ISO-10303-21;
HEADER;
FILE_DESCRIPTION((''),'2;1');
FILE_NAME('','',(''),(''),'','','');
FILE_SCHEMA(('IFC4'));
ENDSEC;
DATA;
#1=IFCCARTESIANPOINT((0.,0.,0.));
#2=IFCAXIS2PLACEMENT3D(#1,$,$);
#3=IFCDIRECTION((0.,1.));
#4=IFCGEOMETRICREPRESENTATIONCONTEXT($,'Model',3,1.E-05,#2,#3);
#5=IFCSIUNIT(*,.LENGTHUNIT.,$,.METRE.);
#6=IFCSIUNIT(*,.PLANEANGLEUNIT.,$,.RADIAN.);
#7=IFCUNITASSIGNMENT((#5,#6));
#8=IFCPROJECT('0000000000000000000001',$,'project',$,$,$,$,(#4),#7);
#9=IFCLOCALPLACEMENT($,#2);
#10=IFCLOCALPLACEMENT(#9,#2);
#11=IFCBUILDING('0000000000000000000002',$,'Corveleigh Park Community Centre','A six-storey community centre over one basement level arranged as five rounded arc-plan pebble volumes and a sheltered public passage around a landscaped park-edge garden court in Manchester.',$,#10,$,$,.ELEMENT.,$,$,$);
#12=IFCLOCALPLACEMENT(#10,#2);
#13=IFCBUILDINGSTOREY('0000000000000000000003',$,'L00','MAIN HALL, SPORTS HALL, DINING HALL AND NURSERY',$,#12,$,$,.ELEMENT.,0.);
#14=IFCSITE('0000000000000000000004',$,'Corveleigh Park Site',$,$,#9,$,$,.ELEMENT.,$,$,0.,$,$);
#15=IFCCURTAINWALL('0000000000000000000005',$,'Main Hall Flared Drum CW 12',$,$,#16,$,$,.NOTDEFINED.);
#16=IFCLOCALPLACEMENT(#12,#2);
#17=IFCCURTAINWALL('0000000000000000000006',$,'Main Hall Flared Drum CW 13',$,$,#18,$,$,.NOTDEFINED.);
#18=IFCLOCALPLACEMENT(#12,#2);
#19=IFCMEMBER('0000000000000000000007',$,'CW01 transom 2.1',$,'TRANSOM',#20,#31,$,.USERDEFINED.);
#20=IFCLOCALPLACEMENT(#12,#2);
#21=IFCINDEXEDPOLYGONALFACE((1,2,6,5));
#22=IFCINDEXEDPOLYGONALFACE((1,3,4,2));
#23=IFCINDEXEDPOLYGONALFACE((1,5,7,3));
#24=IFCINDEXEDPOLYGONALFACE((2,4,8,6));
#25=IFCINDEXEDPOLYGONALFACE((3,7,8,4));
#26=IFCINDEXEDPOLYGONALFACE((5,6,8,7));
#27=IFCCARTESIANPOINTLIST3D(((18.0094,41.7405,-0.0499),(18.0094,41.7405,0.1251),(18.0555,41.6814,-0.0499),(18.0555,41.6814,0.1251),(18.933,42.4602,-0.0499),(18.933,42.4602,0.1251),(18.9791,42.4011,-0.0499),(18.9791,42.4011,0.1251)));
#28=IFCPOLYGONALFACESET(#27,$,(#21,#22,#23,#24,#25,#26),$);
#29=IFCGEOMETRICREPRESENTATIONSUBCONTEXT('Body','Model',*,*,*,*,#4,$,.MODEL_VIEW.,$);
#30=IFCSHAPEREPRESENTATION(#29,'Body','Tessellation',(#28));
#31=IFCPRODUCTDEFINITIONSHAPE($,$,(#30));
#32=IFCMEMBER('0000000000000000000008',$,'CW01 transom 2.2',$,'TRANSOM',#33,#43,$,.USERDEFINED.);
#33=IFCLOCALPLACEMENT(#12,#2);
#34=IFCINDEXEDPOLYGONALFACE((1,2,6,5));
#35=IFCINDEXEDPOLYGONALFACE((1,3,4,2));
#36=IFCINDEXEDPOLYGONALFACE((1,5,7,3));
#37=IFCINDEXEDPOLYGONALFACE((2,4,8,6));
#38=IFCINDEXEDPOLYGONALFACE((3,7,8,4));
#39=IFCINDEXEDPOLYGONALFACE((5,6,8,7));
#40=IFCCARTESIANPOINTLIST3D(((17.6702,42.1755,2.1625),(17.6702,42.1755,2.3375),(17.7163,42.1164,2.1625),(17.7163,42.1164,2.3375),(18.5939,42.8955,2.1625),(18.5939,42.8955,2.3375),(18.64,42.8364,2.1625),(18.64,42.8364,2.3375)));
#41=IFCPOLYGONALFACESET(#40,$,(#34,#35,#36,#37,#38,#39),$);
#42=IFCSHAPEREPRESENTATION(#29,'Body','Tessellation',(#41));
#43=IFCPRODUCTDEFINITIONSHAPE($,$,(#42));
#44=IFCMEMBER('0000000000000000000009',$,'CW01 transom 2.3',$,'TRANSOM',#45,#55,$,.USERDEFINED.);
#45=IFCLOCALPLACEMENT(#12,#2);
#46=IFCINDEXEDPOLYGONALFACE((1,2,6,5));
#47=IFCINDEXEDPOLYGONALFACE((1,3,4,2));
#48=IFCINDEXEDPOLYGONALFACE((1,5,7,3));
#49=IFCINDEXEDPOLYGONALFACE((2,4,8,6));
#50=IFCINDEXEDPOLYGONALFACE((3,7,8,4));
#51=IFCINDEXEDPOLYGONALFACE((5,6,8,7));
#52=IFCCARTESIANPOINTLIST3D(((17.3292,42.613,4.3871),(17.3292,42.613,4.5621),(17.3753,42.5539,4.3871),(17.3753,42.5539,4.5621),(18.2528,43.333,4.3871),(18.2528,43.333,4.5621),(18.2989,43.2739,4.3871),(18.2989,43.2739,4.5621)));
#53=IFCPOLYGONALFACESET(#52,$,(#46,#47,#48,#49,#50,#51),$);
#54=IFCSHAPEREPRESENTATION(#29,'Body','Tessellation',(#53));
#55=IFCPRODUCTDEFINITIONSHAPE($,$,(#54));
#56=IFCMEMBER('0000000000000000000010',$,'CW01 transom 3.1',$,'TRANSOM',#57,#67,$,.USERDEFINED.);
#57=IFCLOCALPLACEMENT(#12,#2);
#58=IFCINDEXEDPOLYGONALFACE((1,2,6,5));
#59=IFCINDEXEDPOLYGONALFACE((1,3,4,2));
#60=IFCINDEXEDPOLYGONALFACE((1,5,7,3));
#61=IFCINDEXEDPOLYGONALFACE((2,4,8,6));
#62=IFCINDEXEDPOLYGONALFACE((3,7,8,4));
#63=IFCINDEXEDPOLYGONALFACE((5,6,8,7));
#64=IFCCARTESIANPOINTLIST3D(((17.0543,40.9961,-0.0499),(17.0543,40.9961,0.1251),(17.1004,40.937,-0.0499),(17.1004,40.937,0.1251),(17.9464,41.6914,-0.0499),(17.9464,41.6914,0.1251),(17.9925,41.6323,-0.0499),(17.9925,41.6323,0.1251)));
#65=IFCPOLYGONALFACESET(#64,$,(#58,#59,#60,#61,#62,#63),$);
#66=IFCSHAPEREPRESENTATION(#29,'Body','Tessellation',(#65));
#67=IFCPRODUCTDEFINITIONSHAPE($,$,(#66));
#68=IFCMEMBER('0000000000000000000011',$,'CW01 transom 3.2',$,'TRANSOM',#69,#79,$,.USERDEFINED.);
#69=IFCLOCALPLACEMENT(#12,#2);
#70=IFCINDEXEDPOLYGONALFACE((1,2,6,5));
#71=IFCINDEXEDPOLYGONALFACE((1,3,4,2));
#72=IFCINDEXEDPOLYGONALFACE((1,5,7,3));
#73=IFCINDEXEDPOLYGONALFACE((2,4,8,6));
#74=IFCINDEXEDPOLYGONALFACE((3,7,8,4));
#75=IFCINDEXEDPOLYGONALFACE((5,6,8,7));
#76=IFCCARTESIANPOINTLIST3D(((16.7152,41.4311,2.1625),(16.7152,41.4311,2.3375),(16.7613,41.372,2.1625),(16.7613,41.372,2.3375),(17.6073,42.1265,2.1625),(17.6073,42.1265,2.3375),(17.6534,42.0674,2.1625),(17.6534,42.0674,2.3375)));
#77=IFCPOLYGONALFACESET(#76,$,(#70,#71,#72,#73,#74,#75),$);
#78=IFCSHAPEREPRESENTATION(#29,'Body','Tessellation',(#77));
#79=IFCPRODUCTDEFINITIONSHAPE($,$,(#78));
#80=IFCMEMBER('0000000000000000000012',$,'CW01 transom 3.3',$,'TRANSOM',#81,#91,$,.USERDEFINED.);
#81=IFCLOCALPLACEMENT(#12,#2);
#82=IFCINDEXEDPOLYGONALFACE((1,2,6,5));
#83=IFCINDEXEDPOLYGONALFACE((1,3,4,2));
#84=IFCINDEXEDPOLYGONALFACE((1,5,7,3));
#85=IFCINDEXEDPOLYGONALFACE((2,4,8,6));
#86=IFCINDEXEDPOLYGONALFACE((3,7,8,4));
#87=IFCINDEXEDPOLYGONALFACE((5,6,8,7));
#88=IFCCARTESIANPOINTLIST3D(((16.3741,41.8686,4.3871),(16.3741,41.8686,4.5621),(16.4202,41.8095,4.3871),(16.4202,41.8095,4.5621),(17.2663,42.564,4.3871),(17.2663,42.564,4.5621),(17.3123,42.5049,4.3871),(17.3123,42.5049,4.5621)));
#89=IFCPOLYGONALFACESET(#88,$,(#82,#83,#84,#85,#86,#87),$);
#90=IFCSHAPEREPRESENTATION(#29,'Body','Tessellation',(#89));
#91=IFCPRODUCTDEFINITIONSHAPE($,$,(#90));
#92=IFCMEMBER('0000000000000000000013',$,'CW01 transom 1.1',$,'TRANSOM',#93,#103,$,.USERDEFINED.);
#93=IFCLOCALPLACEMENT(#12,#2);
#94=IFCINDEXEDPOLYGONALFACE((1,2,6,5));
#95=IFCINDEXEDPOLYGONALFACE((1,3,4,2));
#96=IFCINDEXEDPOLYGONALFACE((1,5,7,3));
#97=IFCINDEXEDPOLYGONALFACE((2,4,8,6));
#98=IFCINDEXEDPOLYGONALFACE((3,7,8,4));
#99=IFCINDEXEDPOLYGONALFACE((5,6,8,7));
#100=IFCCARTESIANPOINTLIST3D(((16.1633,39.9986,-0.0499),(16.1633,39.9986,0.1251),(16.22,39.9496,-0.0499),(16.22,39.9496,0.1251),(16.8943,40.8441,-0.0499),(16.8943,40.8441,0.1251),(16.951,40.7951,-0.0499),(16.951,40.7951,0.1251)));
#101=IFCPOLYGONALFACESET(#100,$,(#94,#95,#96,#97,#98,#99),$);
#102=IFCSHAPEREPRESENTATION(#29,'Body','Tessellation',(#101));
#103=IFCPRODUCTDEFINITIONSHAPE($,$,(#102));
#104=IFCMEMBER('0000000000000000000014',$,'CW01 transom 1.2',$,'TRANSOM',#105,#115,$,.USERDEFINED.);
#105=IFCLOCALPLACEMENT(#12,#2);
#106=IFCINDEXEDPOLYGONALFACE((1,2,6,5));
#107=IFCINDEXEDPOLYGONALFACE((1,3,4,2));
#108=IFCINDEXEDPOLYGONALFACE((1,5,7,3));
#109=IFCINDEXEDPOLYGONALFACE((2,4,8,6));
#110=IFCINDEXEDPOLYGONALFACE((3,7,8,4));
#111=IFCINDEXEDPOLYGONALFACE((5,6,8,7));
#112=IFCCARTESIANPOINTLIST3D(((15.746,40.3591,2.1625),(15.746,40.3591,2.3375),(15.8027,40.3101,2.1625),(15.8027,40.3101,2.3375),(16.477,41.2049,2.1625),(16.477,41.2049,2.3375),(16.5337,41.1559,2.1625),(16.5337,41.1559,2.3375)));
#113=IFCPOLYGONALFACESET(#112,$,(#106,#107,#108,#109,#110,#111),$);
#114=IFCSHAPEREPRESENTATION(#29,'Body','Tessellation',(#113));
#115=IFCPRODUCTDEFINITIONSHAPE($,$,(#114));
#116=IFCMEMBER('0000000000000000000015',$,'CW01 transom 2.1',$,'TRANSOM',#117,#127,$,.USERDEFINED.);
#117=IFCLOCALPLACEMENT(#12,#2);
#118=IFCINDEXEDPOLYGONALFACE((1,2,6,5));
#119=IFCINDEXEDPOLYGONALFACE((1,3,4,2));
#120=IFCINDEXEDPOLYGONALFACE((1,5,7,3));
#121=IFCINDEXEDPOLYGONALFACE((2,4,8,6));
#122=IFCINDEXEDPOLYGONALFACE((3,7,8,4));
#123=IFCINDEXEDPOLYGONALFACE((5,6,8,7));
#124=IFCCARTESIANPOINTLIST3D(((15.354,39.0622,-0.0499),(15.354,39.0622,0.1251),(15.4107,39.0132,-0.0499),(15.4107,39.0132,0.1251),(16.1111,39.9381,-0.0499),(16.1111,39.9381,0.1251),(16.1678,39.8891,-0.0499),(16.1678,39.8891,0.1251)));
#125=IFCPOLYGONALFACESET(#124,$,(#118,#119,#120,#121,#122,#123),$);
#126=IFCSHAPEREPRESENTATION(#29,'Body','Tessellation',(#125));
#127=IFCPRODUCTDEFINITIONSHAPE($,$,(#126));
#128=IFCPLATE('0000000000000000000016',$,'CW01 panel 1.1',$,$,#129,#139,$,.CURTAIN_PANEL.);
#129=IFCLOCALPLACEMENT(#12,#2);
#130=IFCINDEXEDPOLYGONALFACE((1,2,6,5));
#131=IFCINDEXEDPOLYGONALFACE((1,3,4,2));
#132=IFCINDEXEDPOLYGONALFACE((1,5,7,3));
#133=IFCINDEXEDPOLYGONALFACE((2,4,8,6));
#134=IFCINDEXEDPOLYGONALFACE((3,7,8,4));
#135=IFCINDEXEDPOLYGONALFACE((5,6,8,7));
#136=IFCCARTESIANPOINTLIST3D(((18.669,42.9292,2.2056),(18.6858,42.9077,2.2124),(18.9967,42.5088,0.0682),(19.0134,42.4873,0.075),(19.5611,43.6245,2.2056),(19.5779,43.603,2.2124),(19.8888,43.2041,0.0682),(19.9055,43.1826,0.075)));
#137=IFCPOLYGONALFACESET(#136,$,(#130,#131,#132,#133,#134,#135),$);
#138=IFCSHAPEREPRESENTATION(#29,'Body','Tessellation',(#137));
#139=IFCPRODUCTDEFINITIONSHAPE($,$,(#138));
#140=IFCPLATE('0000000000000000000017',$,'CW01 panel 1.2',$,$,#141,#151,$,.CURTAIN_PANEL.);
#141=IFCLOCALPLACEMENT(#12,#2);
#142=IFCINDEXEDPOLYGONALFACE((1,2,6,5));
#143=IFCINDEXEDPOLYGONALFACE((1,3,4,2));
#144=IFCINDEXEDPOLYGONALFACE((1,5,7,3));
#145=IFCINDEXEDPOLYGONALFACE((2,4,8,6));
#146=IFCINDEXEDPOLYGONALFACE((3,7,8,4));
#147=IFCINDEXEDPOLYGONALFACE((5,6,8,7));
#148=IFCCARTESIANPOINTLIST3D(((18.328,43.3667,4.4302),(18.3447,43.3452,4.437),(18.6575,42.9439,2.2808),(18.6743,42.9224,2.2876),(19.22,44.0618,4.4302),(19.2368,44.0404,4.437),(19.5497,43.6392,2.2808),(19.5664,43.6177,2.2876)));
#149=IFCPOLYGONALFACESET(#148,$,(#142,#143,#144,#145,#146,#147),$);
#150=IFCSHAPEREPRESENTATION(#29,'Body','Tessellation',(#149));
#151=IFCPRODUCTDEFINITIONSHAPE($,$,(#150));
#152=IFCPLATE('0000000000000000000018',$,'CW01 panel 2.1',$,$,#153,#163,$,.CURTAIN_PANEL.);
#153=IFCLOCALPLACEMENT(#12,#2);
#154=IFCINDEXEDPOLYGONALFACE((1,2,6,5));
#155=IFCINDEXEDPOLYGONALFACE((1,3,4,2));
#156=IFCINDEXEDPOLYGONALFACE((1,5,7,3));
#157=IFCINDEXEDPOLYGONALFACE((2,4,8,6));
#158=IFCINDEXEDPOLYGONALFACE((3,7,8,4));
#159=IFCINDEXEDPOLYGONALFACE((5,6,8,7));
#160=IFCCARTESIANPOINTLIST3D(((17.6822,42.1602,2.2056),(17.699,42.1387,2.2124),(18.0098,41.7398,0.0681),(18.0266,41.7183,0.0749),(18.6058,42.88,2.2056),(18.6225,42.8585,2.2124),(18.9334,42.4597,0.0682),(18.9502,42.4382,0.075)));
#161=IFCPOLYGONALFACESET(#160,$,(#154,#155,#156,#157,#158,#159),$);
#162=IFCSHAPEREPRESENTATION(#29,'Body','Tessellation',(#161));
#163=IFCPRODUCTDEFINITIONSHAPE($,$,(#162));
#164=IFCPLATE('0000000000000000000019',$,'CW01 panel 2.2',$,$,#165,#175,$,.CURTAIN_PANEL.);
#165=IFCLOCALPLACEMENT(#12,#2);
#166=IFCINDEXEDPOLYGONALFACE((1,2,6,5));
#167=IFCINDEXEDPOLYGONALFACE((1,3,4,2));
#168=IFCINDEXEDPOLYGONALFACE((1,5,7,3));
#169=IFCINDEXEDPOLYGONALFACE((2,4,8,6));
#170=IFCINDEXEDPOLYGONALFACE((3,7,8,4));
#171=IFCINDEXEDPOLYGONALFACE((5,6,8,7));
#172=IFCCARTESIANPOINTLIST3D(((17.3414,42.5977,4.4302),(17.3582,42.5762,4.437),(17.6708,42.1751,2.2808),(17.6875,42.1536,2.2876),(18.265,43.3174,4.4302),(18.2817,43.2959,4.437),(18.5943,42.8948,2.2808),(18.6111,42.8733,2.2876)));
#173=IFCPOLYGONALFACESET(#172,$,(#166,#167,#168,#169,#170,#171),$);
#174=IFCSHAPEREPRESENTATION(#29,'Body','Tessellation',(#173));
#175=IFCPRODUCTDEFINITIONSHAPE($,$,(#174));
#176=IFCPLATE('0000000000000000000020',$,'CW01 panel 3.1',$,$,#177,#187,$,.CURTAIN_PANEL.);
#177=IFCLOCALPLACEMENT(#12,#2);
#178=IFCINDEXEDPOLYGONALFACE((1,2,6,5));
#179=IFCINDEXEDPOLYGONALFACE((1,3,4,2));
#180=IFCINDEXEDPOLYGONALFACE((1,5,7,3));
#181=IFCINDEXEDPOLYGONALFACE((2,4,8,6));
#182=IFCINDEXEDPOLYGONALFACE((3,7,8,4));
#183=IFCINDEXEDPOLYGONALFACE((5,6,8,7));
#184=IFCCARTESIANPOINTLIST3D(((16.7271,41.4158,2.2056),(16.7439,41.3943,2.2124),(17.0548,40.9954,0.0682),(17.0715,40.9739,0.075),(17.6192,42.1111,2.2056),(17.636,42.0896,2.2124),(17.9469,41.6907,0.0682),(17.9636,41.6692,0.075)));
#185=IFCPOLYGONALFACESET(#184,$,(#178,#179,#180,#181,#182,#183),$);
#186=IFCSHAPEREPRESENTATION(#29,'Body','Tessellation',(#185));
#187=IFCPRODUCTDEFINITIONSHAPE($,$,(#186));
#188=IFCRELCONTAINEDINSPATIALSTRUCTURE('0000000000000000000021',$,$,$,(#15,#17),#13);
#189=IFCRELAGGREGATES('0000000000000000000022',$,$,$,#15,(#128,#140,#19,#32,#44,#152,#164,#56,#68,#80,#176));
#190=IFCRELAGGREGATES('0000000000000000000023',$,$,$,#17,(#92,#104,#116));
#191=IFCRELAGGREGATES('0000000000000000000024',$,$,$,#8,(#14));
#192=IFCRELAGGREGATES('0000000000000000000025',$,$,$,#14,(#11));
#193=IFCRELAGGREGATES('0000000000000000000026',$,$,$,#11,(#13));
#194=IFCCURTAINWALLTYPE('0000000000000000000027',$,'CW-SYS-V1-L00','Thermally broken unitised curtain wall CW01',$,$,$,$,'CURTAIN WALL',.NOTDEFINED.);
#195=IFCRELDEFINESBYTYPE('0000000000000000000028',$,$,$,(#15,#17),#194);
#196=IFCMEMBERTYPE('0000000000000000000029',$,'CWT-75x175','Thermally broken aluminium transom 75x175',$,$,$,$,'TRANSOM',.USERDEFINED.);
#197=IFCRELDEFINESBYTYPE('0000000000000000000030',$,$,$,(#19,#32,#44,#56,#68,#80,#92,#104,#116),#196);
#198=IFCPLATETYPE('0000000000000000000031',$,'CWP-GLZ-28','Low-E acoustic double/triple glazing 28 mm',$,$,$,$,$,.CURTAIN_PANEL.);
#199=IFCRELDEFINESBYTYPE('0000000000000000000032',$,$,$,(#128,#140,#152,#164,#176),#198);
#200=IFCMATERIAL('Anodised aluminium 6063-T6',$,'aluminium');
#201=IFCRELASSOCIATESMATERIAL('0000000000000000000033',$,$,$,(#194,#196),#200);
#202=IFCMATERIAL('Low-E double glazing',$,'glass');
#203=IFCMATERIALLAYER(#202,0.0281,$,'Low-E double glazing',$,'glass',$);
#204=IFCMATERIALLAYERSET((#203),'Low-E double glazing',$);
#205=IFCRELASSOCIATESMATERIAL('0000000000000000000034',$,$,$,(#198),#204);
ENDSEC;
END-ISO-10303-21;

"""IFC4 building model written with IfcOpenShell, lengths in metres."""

from ifc_helpers import new_model, si_unit, direction, frame, origin, origin_2d, place, context, subcontext, project, spatial, polyline, rectangle, outline, extrude, material, layer, layer_set, material_profile, profile_set, type_object, element, aggregate, save


model = new_model("IFC4")

# Units and contexts
model_context = context("Model", 3, precision=1e-05, world=origin(), true_north=direction((0.0, 1.0)))
body_context = subcontext(model_context, "Body", "Model", "MODEL_VIEW")
ifc_project = project(units=[si_unit("LENGTHUNIT", "METRE"), si_unit("PLANEANGLEUNIT", "RADIAN")], contexts=[model_context])

# Site, building, storey
site_placement = place(None, origin())
site = spatial("IfcSite", under=ifc_project, at=site_placement, Name="Corveleigh Park Site", CompositionType="ELEMENT", RefElevation=0.0)
building_placement = place(site_placement, origin())
building = spatial("IfcBuilding", under=site, at=building_placement, Name="Corveleigh Park Community Centre", Description="A six-storey community centre over one basement level arranged as five rounded arc-plan pebble volumes and a sheltered public passage around a landscaped park-edge garden court in Manchester.", CompositionType="ELEMENT")
storey_placement = place(building_placement, origin())
storey = spatial("IfcBuildingStorey", under=building, at=storey_placement, Name="L00", Description="MAIN HALL, SPORTS HALL, DINING HALL AND NURSERY", CompositionType="ELEMENT", Elevation=0.0)

# Shared definitions
ifc_material_1 = material(Name="Anodised aluminium 6063-T6", Category="aluminium")
curtain_wall_type = type_object("IfcCurtainWallType", Name="CW-SYS-V1-L00", Description="Thermally broken unitised curtain wall CW01", ElementType="CURTAIN WALL", PredefinedType="NOTDEFINED", material=ifc_material_1)

# Curtain walls
curtain_wall_1_placement = place(storey_placement, origin())
curtain_wall_1 = element("IfcCurtainWall", 1, at=curtain_wall_1_placement, inside=storey, type_object=curtain_wall_type, Name="Main Hall Flared Drum CW 12", PredefinedType="NOTDEFINED")
curtain_wall_2_placement = place(storey_placement, origin())
curtain_wall_2 = element("IfcCurtainWall", 2, at=curtain_wall_2_placement, inside=storey, type_object=curtain_wall_type, Name="Main Hall Flared Drum CW 13", PredefinedType="NOTDEFINED")

# Members
ifc_material_profile_1 = material_profile(ifc_material_1, rectangle(XDim=0.075, YDim=0.175, at=origin_2d()), Name="ALU-T75x175", Category="aluminium")
ifc_profile_set_1 = profile_set([ifc_material_profile_1], Name="Anodised aluminium 6063-T6")
member_type_1 = type_object("IfcMemberType", Name="CWT-75x175", Description="Thermally broken aluminium transom 75x175", ElementType="TRANSOM", PredefinedType="USERDEFINED", material=ifc_profile_set_1)
member_1_placement = place(storey_placement, frame((18.9561, 42.4307, 0.0376), z_axis=(-0.788779, -0.614677, 0.0), x_axis=(0.614677, -0.788779, 0.0)))
member_1 = element("IfcMember", 3, at=member_1_placement, type_object=member_type_1, Name="CW01 transom 2.1", ObjectType="TRANSOM", PredefinedType="USERDEFINED", context=body_context, shape_type="SweptSolid", body=[
    extrude(rectangle(XDim=0.075, YDim=0.175, at=origin_2d()), origin(), (0.0, 0.0, 1.0), 1.1709),
])
member_2_placement = place(storey_placement, frame((18.6169, 42.866, 2.25), z_axis=(-0.788678, -0.614806, 0.0), x_axis=(0.614806, -0.788678, 0.0)))
member_2 = element("IfcMember", 4, at=member_2_placement, type_object=member_type_1, Name="CW01 transom 2.2", ObjectType="TRANSOM", PredefinedType="USERDEFINED", context=body_context, shape_type="SweptSolid", body=[
    extrude(rectangle(XDim=0.075, YDim=0.175, at=origin_2d()), origin(), (0.0, 0.0, 1.0), 1.1711),
])
member_3_placement = place(storey_placement, frame((18.2759, 43.3035, 4.4746), z_axis=(-0.788678, -0.614806, 0.0), x_axis=(0.614806, -0.788678, 0.0)))
member_3 = element("IfcMember", 5, at=member_3_placement, type_object=member_type_1, Name="CW01 transom 2.3", ObjectType="TRANSOM", PredefinedType="USERDEFINED", context=body_context, shape_type="SweptSolid", body=[
    extrude(rectangle(XDim=0.075, YDim=0.175, at=origin_2d()), origin(), (0.0, 0.0, 1.0), 1.1711),
])
member_4_placement = place(storey_placement, frame((17.9695, 41.6619, 0.0376), z_axis=(-0.788724, -0.614747, 0.0), x_axis=(0.614747, -0.788724, 0.0)))
member_4 = element("IfcMember", 6, at=member_4_placement, type_object=member_type_1, Name="CW01 transom 3.1", ObjectType="TRANSOM", PredefinedType="USERDEFINED", context=body_context, shape_type="SweptSolid", body=[
    extrude(rectangle(XDim=0.075, YDim=0.175, at=origin_2d()), origin(), (0.0, 0.0, 1.0), 1.1311),
])
member_5_placement = place(storey_placement, frame((17.6304, 42.0969, 2.25), z_axis=(-0.788724, -0.614747, 0.0), x_axis=(0.614747, -0.788724, 0.0)))
member_5 = element("IfcMember", 7, at=member_5_placement, type_object=member_type_1, Name="CW01 transom 3.2", ObjectType="TRANSOM", PredefinedType="USERDEFINED", context=body_context, shape_type="SweptSolid", body=[
    extrude(rectangle(XDim=0.075, YDim=0.175, at=origin_2d()), origin(), (0.0, 0.0, 1.0), 1.1311),
])
member_6_placement = place(storey_placement, frame((17.2893, 42.5344, 4.4746), z_axis=(-0.788724, -0.614747, 0.0), x_axis=(0.614747, -0.788724, 0.0)))
member_6 = element("IfcMember", 8, at=member_6_placement, type_object=member_type_1, Name="CW01 transom 3.3", ObjectType="TRANSOM", PredefinedType="USERDEFINED", context=body_context, shape_type="SweptSolid", body=[
    extrude(rectangle(XDim=0.075, YDim=0.175, at=origin_2d()), origin(), (0.0, 0.0, 1.0), 1.1311),
])
member_7_placement = place(storey_placement, frame((16.9226, 40.8196, 0.0376), z_axis=(-0.654024, -0.756474, 0.0), x_axis=(0.756474, -0.654024, 0.0)))
member_7 = element("IfcMember", 9, at=member_7_placement, type_object=member_type_1, Name="CW01 transom 1.1", ObjectType="TRANSOM", PredefinedType="USERDEFINED", context=body_context, shape_type="SweptSolid", body=[
    extrude(rectangle(XDim=0.075, YDim=0.175, at=origin_2d()), origin(), (0.0, 0.0, 1.0), 1.1177),
])
member_8_placement = place(storey_placement, frame((16.5054, 41.1804, 2.25), z_axis=(-0.653916, -0.756568, 0.0), x_axis=(0.756568, -0.653916, 0.0)))
member_8 = element("IfcMember", 10, at=member_8_placement, type_object=member_type_1, Name="CW01 transom 1.2", ObjectType="TRANSOM", PredefinedType="USERDEFINED", context=body_context, shape_type="SweptSolid", body=[
    extrude(rectangle(XDim=0.075, YDim=0.175, at=origin_2d()), origin(), (0.0, 0.0, 1.0), 1.1179),
])
member_9_placement = place(storey_placement, frame((16.1394, 39.9136, 0.0376), z_axis=(-0.653894, -0.756586, 0.0), x_axis=(0.756586, -0.653894, 0.0)))
member_9 = element("IfcMember", 11, at=member_9_placement, type_object=member_type_1, Name="CW01 transom 2.1", ObjectType="TRANSOM", PredefinedType="USERDEFINED", context=body_context, shape_type="SweptSolid", body=[
    extrude(rectangle(XDim=0.075, YDim=0.175, at=origin_2d()), origin(), (0.0, 0.0, 1.0), 1.1577),
])

# Plates
ifc_material_2 = material(Name="Low-E double glazing", Category="glass")
ifc_layer = layer(ifc_material_2, 0.0281, Name="Low-E double glazing", Category="glass")
ifc_layer_set = layer_set([ifc_layer], Name="Low-E double glazing")
plate_type = type_object("IfcPlateType", Name="CWP-GLZ-28", Description="Low-E acoustic double/triple glazing 28 mm", PredefinedType="CURTAIN_PANEL", material=ifc_layer_set)
plate_1_placement = place(storey_placement, frame((19.9055, 43.1826, 0.075), z_axis=(0.596482, -0.765289, 0.241954), x_axis=(-0.788724, -0.614747, 0.0)))
plate_1 = element("IfcPlate", 12, at=plate_1_placement, type_object=plate_type, Name="CW01 panel 1.1", PredefinedType="CURTAIN_PANEL", context=body_context, shape_type="SweptSolid", body=[
    extrude(outline(polyline([(0.0, 0.0), (1.1311, 0.0), (1.131, -2.2029), (0.0, -2.2029), (0.0, 0.0)])), origin(), (0.0, 0.0, -1.0), 0.0281),
])
plate_2_placement = place(storey_placement, frame((19.5664, 43.6177, 2.2876), z_axis=(0.596414, -0.765336, 0.241974), x_axis=(-0.788773, -0.614684, -0.00002)))
plate_2 = element("IfcPlate", 13, at=plate_2_placement, type_object=plate_type, Name="CW01 panel 1.2", PredefinedType="CURTAIN_PANEL", context=body_context, shape_type="SweptSolid", body=[
    extrude(outline(polyline([(0.0, 0.0), (1.1311, 0.0), (1.1311, -2.2153), (0.0002, -2.2152), (0.0, 0.0)])), origin(), (0.0, 0.0, -1.0), 0.0281),
])
plate_3_placement = place(storey_placement, frame((18.9502, 42.4382, 0.075), z_axis=(0.596482, -0.765302, 0.241913), x_axis=(-0.788726, -0.614745, -0.000019)))
plate_3 = element("IfcPlate", 14, at=plate_3_placement, type_object=plate_type, Name="CW01 panel 2.1", PredefinedType="CURTAIN_PANEL", context=body_context, shape_type="SweptSolid", body=[
    extrude(outline(polyline([(0.0, 0.0), (1.1711, 0.0), (1.171, -2.2029), (0.0001, -2.2029), (0.0, 0.0)])), origin(), (0.0, 0.0, -1.0), 0.0281),
])
plate_4_placement = place(storey_placement, frame((18.6111, 42.8733, 2.2876), z_axis=(0.596426, -0.76536, 0.241869), x_axis=(-0.788779, -0.614677, 0.0)))
plate_4 = element("IfcPlate", 15, at=plate_4_placement, type_object=plate_type, Name="CW01 panel 2.2", PredefinedType="CURTAIN_PANEL", context=body_context, shape_type="SweptSolid", body=[
    extrude(outline(polyline([(0.0, 0.0), (1.1709, 0.0), (1.1709, -2.2152), (0.0, -2.2152), (0.0, 0.0)])), origin(), (0.0, 0.0, -1.0), 0.0281),
])
plate_5_placement = place(storey_placement, frame((17.9636, 41.6692, 0.075), z_axis=(0.596482, -0.765289, 0.241954), x_axis=(-0.788724, -0.614747, 0.0)))
plate_5 = element("IfcPlate", 16, at=plate_5_placement, type_object=plate_type, Name="CW01 panel 3.1", PredefinedType="CURTAIN_PANEL", context=body_context, shape_type="SweptSolid", body=[
    extrude(outline(polyline([(0.0, 0.0), (1.1311, 0.0), (1.131, -2.2029), (0.0, -2.2029), (0.0, 0.0)])), origin(), (0.0, 0.0, -1.0), 0.0281),
])
aggregate(curtain_wall_1, [plate_1, plate_2, member_1, member_2, member_3, plate_3, plate_4, member_4, member_5, member_6, plate_5])
aggregate(curtain_wall_2, [member_7, member_8, member_9])

save(model, "model.ifc")
